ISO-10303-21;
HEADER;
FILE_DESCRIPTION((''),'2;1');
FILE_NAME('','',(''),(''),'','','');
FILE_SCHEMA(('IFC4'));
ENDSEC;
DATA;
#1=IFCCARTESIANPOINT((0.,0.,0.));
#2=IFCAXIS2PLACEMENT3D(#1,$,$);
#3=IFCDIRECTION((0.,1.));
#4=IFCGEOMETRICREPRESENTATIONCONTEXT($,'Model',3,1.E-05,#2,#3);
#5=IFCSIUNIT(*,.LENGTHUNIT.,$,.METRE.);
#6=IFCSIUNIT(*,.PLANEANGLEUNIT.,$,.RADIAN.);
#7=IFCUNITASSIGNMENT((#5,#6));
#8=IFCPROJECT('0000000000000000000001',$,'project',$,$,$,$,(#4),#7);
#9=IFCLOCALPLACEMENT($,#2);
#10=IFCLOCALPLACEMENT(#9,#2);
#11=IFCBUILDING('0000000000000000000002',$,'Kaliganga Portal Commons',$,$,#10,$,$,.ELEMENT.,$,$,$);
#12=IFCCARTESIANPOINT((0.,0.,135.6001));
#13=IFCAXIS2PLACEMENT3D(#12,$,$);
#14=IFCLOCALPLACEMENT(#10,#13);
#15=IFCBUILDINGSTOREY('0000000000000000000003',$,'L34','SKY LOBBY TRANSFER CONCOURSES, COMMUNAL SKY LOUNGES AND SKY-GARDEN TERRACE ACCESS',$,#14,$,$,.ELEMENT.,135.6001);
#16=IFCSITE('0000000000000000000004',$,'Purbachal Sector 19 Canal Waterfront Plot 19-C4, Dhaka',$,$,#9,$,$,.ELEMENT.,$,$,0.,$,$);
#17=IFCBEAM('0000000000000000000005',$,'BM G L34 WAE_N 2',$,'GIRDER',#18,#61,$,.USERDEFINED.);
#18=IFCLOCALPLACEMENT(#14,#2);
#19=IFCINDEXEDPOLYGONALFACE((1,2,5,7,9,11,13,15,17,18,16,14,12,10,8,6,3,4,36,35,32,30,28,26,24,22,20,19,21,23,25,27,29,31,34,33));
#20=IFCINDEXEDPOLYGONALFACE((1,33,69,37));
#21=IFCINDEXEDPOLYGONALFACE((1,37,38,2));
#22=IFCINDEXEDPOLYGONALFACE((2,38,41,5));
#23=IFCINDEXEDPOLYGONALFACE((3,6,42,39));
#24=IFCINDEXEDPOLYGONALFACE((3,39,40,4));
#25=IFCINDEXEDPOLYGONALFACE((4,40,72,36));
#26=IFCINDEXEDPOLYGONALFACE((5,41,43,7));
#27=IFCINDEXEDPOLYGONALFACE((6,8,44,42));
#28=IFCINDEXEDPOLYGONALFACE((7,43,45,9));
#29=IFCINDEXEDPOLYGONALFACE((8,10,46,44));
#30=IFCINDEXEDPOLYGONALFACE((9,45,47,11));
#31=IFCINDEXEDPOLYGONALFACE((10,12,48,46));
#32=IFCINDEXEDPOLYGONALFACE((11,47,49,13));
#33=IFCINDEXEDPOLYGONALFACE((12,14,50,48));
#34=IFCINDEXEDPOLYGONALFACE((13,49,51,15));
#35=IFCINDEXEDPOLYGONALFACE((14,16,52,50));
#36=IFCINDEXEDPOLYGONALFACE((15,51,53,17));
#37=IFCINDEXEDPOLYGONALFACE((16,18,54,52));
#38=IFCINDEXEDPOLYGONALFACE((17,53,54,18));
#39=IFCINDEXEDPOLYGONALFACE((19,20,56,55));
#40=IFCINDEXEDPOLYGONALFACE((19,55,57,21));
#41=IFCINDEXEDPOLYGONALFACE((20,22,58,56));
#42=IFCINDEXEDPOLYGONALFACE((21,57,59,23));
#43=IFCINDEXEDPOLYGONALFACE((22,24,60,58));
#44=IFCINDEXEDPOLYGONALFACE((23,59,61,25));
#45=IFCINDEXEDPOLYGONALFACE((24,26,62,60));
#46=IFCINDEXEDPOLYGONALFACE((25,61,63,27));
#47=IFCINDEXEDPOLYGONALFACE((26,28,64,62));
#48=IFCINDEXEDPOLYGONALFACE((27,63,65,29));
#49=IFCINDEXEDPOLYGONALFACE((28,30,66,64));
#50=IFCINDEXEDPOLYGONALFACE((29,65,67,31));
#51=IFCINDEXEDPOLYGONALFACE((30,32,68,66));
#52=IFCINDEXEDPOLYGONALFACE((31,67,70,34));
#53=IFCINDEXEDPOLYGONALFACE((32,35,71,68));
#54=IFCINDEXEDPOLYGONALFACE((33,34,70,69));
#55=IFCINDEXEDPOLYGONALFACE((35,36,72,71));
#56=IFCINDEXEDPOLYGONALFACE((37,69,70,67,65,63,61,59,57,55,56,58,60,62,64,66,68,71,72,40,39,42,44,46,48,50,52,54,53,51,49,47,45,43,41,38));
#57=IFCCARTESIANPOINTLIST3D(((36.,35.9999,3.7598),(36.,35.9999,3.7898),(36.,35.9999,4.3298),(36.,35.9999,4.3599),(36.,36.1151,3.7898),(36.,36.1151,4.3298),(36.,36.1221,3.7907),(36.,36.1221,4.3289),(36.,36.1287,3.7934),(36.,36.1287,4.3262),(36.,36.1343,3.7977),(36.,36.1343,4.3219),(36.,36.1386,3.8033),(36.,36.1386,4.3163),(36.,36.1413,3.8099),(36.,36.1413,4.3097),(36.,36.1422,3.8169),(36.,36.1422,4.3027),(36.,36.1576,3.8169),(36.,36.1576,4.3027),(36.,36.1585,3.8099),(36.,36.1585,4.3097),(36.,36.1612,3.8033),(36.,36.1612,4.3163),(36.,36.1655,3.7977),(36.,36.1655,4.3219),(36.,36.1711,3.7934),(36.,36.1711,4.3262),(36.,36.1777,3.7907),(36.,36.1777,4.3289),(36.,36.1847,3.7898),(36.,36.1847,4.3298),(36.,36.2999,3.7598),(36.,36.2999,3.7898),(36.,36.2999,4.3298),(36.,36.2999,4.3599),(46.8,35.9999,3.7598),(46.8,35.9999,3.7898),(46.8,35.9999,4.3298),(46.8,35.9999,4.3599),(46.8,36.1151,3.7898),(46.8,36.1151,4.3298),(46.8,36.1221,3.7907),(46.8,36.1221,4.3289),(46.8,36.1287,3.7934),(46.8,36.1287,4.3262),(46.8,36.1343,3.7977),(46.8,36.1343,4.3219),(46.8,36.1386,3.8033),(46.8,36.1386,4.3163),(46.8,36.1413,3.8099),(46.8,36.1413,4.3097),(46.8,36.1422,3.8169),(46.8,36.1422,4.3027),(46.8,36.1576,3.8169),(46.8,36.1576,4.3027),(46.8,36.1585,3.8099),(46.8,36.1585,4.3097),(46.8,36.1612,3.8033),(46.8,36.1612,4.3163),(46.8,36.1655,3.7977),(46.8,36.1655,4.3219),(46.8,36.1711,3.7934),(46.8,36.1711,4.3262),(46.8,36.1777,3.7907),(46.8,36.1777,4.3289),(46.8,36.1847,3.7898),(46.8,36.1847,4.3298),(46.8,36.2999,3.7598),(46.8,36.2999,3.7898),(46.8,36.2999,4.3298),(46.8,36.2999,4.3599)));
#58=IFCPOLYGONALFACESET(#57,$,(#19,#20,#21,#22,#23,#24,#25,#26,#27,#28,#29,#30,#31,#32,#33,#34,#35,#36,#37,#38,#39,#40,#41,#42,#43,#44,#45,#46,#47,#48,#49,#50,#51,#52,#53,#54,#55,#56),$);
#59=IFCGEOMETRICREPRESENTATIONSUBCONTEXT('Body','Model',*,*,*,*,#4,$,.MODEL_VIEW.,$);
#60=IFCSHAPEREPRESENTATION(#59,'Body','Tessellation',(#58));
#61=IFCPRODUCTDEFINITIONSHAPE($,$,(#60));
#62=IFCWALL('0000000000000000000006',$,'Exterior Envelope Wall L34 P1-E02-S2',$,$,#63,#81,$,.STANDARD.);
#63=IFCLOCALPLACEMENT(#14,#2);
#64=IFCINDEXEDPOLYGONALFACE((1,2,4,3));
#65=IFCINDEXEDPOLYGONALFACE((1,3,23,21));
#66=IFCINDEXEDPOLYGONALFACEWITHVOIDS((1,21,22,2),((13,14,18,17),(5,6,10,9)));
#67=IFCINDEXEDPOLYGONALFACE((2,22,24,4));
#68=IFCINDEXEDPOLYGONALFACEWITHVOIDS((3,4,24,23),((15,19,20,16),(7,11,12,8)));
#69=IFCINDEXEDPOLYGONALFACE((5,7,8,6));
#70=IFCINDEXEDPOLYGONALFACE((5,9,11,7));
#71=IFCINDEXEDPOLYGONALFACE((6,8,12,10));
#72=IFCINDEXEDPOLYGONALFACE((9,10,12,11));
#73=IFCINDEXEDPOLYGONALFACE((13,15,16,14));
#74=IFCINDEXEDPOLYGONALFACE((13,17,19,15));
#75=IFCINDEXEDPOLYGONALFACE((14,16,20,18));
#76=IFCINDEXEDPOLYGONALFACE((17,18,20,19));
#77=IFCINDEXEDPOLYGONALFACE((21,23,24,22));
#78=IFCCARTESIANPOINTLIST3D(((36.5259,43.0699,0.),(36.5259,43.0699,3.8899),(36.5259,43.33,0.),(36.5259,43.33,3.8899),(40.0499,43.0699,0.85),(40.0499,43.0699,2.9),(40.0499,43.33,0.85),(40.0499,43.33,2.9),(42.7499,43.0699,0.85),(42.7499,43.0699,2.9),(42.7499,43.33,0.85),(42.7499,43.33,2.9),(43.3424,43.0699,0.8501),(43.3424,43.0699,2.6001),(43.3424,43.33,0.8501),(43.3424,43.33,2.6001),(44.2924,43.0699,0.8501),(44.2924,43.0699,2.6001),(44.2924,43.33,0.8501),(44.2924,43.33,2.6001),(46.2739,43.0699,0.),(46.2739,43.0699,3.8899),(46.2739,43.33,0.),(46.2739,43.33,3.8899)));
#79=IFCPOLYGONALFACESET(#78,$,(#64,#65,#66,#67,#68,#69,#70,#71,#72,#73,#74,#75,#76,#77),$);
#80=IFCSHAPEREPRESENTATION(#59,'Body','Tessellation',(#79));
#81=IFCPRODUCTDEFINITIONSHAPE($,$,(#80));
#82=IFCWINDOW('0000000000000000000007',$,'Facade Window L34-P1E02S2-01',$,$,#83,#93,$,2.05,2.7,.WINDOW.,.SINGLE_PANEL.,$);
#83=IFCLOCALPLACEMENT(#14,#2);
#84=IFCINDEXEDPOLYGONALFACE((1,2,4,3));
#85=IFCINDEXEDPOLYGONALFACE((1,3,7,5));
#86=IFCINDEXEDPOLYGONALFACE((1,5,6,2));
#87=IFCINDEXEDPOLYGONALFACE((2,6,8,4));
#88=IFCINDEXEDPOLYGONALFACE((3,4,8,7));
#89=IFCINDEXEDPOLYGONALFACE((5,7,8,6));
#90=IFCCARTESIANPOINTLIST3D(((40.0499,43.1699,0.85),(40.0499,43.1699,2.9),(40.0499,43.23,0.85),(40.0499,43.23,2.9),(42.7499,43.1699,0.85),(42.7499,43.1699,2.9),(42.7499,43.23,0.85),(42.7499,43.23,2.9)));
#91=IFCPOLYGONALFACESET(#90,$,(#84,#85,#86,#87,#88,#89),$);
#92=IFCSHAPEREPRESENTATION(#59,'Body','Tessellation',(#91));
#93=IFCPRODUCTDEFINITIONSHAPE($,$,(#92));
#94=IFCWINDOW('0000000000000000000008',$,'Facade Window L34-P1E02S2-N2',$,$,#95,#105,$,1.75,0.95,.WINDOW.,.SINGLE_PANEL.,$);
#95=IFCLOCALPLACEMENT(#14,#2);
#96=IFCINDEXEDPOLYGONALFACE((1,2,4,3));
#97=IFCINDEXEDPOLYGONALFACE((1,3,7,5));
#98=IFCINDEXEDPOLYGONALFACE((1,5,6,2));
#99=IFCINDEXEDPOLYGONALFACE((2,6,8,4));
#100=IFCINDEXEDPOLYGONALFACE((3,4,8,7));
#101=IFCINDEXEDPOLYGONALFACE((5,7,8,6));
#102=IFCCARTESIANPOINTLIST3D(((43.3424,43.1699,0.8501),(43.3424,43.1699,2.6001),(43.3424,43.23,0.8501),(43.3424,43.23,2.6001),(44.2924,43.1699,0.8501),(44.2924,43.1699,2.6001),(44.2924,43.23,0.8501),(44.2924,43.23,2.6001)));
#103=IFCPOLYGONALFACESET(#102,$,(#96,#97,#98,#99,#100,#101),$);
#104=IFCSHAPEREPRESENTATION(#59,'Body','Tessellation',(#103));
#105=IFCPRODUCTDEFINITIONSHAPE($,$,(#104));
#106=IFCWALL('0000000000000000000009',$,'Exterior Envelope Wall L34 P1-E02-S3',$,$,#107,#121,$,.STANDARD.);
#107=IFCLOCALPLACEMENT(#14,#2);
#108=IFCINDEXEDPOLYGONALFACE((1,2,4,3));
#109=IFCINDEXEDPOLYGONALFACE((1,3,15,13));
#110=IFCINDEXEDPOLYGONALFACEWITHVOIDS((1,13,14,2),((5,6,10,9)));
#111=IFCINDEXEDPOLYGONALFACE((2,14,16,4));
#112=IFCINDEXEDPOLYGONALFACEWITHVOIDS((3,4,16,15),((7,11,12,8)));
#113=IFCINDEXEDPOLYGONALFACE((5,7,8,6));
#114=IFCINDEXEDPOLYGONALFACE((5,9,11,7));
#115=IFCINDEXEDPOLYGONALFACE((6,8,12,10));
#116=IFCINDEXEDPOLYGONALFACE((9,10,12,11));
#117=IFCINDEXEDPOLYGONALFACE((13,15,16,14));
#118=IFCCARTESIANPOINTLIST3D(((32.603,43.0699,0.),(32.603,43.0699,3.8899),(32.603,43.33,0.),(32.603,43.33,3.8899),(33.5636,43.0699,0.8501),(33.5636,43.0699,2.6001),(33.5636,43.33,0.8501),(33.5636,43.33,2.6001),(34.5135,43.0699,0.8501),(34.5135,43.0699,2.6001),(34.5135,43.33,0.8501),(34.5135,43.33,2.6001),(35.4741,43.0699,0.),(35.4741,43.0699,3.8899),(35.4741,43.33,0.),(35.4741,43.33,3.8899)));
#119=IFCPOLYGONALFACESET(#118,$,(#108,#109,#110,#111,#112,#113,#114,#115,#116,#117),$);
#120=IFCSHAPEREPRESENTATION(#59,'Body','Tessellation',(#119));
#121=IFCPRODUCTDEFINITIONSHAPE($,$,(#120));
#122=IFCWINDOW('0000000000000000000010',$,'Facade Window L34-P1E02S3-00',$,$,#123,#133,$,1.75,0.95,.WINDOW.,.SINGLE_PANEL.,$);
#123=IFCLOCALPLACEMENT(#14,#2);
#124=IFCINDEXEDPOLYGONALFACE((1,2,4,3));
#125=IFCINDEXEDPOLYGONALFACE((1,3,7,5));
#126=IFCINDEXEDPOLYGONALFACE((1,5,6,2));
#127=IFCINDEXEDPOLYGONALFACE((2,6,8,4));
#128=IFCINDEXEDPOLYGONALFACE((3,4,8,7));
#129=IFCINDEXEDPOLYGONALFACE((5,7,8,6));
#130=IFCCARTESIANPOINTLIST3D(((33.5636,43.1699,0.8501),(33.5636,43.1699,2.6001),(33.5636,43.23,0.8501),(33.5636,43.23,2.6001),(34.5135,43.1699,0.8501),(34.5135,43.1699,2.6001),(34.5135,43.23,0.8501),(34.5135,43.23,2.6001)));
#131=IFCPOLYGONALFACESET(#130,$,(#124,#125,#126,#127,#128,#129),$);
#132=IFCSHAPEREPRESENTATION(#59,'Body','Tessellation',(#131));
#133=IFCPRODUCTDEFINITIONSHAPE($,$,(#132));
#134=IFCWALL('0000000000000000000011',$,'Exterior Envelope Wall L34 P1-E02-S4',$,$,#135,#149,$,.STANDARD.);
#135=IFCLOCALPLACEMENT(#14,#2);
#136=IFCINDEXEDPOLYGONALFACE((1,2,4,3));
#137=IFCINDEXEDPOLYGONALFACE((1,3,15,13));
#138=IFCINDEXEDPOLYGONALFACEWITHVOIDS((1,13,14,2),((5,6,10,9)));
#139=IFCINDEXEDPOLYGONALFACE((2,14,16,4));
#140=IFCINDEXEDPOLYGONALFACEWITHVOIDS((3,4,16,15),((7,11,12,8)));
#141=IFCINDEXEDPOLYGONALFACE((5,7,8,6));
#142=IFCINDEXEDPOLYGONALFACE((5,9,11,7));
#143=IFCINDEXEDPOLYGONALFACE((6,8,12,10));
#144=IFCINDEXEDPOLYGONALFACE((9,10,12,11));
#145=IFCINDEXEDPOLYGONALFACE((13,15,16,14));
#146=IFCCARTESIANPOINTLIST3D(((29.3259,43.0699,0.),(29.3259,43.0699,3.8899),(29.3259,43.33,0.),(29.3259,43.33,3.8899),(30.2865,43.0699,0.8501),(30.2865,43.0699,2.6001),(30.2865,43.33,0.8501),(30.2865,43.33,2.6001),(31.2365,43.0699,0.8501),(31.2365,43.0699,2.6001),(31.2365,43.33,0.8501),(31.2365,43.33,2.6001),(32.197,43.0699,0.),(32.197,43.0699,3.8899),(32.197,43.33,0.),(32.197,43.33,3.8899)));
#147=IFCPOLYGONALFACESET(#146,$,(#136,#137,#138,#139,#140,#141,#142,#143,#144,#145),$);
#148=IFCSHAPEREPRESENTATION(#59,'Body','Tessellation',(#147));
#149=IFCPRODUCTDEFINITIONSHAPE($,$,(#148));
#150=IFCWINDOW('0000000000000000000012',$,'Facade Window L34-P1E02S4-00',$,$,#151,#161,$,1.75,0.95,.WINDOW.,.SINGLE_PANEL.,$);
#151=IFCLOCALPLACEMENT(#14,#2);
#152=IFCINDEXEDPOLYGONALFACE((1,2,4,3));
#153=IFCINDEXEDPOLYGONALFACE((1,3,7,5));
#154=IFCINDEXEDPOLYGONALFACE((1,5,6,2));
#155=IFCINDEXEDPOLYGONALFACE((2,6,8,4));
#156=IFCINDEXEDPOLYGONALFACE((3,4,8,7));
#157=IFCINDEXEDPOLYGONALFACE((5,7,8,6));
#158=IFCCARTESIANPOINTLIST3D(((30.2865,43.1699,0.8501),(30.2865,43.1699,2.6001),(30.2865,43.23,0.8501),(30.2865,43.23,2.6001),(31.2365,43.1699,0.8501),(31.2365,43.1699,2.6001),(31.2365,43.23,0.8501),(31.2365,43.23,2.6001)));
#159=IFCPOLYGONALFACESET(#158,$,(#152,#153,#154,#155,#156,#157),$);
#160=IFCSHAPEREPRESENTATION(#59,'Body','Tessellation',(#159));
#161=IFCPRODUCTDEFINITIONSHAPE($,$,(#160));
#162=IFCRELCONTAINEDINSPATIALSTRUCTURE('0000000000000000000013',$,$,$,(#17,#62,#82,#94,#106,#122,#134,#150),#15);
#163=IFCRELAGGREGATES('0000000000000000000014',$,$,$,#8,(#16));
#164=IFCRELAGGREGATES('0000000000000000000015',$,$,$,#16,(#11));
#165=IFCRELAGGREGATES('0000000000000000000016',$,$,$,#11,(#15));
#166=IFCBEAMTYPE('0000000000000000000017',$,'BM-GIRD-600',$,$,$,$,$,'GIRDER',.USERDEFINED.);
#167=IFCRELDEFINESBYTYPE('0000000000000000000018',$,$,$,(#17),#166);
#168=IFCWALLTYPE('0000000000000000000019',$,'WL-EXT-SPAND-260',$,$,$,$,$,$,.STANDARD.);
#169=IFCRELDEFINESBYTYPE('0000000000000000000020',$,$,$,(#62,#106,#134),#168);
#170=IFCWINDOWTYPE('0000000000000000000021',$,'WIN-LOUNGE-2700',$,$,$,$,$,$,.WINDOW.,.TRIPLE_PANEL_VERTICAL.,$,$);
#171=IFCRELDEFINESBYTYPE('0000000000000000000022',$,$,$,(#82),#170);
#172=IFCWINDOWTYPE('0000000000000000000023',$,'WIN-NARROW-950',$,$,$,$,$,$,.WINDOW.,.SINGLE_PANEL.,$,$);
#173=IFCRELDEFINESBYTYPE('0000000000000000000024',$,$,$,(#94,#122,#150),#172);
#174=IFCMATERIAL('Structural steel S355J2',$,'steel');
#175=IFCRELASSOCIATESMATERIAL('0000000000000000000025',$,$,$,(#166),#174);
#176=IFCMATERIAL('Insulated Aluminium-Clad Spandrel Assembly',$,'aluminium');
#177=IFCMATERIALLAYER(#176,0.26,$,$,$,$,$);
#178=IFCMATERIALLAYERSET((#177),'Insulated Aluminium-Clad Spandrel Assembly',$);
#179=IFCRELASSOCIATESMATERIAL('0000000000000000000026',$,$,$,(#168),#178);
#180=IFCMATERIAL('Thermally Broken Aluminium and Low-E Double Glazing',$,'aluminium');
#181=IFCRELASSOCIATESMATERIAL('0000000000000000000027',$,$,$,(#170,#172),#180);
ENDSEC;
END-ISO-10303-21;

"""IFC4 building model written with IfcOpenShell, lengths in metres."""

from ifc_helpers import new_model, si_unit, direction, frame, frame_2d, origin, origin_2d, place, context, subcontext, project, spatial, rectangle, i_section, extrude, source, transform, mapped, material, layer, layer_set, material_profile, profile_set, type_object, element, fill, save


model = new_model("IFC4")

# Units and contexts
model_context = context("Model", 3, precision=1e-05, world=origin(), true_north=direction((0.0, 1.0)))
body_context = subcontext(model_context, "Body", "Model", "MODEL_VIEW")
ifc_project = project(units=[si_unit("LENGTHUNIT", "METRE"), si_unit("PLANEANGLEUNIT", "RADIAN")], contexts=[model_context])

# Site, building, storey
site_placement = place(None, origin())
site = spatial("IfcSite", under=ifc_project, at=site_placement, Name="Purbachal Sector 19 Canal Waterfront Plot 19-C4, Dhaka", CompositionType="ELEMENT", RefElevation=0.0)
building_placement = place(site_placement, origin())
building = spatial("IfcBuilding", under=site, at=building_placement, Name="Kaliganga Portal Commons", CompositionType="ELEMENT")
storey_placement = place(building_placement, frame((0.0, 0.0, 135.6001)))
storey = spatial("IfcBuildingStorey", under=building, at=storey_placement, Name="L34", Description="SKY LOBBY TRANSFER CONCOURSES, COMMUNAL SKY LOUNGES AND SKY-GARDEN TERRACE ACCESS", CompositionType="ELEMENT", Elevation=135.6001)

# Beam
ifc_material_1 = material(Name="Structural steel S355J2", Category="steel")
ifc_material_profile_1 = material_profile(ifc_material_1, i_section(OverallWidth=0.3, OverallDepth=0.6001, WebThickness=0.0154, FlangeThickness=0.03, FilletRadius=0.0271, at=origin_2d()), Name="HE 600 B")
ifc_profile_set_1 = profile_set([ifc_material_profile_1], Name="Structural steel S355J2 wide-flange")
beam_type_1 = type_object("IfcBeamType", Name="BM-GIRD-600", ElementType="GIRDER", PredefinedType="USERDEFINED", material=ifc_profile_set_1)
shared_shape_1 = source(origin(), body_context, "Body", "SweptSolid", [
    extrude(i_section(OverallWidth=0.3, OverallDepth=0.6001, WebThickness=0.0154, FlangeThickness=0.03, FilletRadius=0.0271, at=origin_2d()), origin(), (0.0, 0.0, 1.0), 10.8),
])
beam_1_placement = place(storey_placement, frame((36.0, 36.1499, 4.0598), z_axis=(1.0, 0.0, 0.0), x_axis=(0.0, 1.0, 0.0)))
element("IfcBeam", 1, at=beam_1_placement, inside=storey, type_object=beam_type_1, Name="BM G L34 WAE_N 2", ObjectType="GIRDER", PredefinedType="USERDEFINED", context=body_context, shape_type="MappedRepresentation", body=[
    mapped(shared_shape_1, transform((0.0, 0.0, 0.0), x_axis=(1.0, 0.0, 0.0), y_axis=(0.0, 1.0, 0.0), z_axis=(0.0, 0.0, 1.0), scale=1.0)),
])

# Wall, openings, windows
ifc_material_2 = material(Name="Insulated Aluminium-Clad Spandrel Assembly", Category="aluminium")
ifc_layer_1 = layer(ifc_material_2, 0.26)
ifc_layer_set_1 = layer_set([ifc_layer_1], Name="Insulated Aluminium-Clad Spandrel Assembly")
wall_type_1 = type_object("IfcWallType", Name="WL-EXT-SPAND-260", PredefinedType="STANDARD", material=ifc_layer_set_1)
wall_1_placement = place(storey_placement, frame((36.5259, 43.2, 0.0), z_axis=(0.0, 0.0, 1.0), x_axis=(1.0, 0.0, 0.0)))
wall_1 = element("IfcWall", 2, at=wall_1_placement, inside=storey, type_object=wall_type_1, Name="Exterior Envelope Wall L34 P1-E02-S2", PredefinedType="STANDARD", context=body_context, shape_type="SweptSolid", body=[
    extrude(rectangle(XDim=9.748, YDim=0.26, at=frame_2d((4.874, 0.0))), origin(), (0.0, 0.0, 1.0), 3.8899),
])
opening_1_placement = place(wall_1_placement, frame((3.5239, 0.0, 0.8501)))
opening_1 = element("IfcOpeningElement", 3, at=opening_1_placement, cuts=wall_1, PredefinedType="OPENING", context=body_context, shape_type="SweptSolid", body=[
    extrude(rectangle(XDim=2.7, YDim=2.05, at=frame_2d((1.3501, 1.0249))), frame((0.0, 0.1401, 0.0), z_axis=(0.0, -1.0, 0.0), x_axis=(1.0, 0.0, 0.0)), (0.0, 0.0, 1.0), 0.28),
])
opening_2_placement = place(wall_1_placement, frame((6.8164, 0.0, 0.8501)))
opening_2 = element("IfcOpeningElement", 4, at=opening_2_placement, cuts=wall_1, PredefinedType="OPENING", context=body_context, shape_type="SweptSolid", body=[
    extrude(rectangle(XDim=0.95, YDim=1.75, at=frame_2d((0.4751, 0.875))), frame((0.0, 0.1401, 0.0), z_axis=(0.0, -1.0, 0.0), x_axis=(1.0, 0.0, 0.0)), (0.0, 0.0, 1.0), 0.28),
])
ifc_material_3 = material(Name="Thermally Broken Aluminium and Low-E Double Glazing", Category="aluminium")
window_type_1 = type_object("IfcWindowType", Name="WIN-LOUNGE-2700", PartitioningType="TRIPLE_PANEL_VERTICAL", PredefinedType="WINDOW", material=ifc_material_3)
window_1_placement = place(opening_1_placement, origin())
window_1 = element("IfcWindow", 5, at=window_1_placement, inside=storey, type_object=window_type_1, Name="Facade Window L34-P1E02S2-01", OverallHeight=2.05, OverallWidth=2.7, PartitioningType="SINGLE_PANEL", PredefinedType="WINDOW", context=body_context, shape_type="SweptSolid", body=[
    extrude(rectangle(XDim=2.7, YDim=2.05, at=frame_2d((1.3501, 1.0249))), frame((0.0, 0.03, 0.0), z_axis=(0.0, -1.0, 0.0), x_axis=(1.0, 0.0, 0.0)), (0.0, 0.0, 1.0), 0.0601),
])
fill(opening_1, window_1)
window_type_2 = type_object("IfcWindowType", Name="WIN-NARROW-950", PartitioningType="SINGLE_PANEL", PredefinedType="WINDOW", material=ifc_material_3)
window_2_placement = place(opening_2_placement, origin())
window_2 = element("IfcWindow", 6, at=window_2_placement, inside=storey, type_object=window_type_2, Name="Facade Window L34-P1E02S2-N2", OverallHeight=1.75, OverallWidth=0.95, PartitioningType="SINGLE_PANEL", PredefinedType="WINDOW", context=body_context, shape_type="SweptSolid", body=[
    extrude(rectangle(XDim=0.95, YDim=1.75, at=frame_2d((0.4751, 0.875))), frame((0.0, 0.03, 0.0), z_axis=(0.0, -1.0, 0.0), x_axis=(1.0, 0.0, 0.0)), (0.0, 0.0, 1.0), 0.0601),
])
fill(opening_2, window_2)

# Walls, openings, windows
wall_2_placement = place(storey_placement, frame((32.603, 43.2, 0.0), z_axis=(0.0, 0.0, 1.0), x_axis=(1.0, 0.0, 0.0)))
wall_2 = element("IfcWall", 7, at=wall_2_placement, inside=storey, type_object=wall_type_1, Name="Exterior Envelope Wall L34 P1-E02-S3", PredefinedType="STANDARD", context=body_context, shape_type="SweptSolid", body=[
    extrude(rectangle(XDim=2.8711, YDim=0.26, at=frame_2d((1.4355, 0.0))), origin(), (0.0, 0.0, 1.0), 3.8899),
])
opening_3_placement = place(wall_2_placement, frame((0.9604, 0.0, 0.8501)))
opening_3 = element("IfcOpeningElement", 8, at=opening_3_placement, cuts=wall_2, PredefinedType="OPENING", context=body_context, shape_type="SweptSolid", body=[
    extrude(rectangle(XDim=0.95, YDim=1.75, at=frame_2d((0.4751, 0.875))), frame((0.0, 0.1401, 0.0), z_axis=(0.0, -1.0, 0.0), x_axis=(1.0, 0.0, 0.0)), (0.0, 0.0, 1.0), 0.28),
])
window_3_placement = place(opening_3_placement, origin())
window_3 = element("IfcWindow", 9, at=window_3_placement, inside=storey, type_object=window_type_2, Name="Facade Window L34-P1E02S3-00", OverallHeight=1.75, OverallWidth=0.95, PartitioningType="SINGLE_PANEL", PredefinedType="WINDOW", context=body_context, shape_type="SweptSolid", body=[
    extrude(rectangle(XDim=0.95, YDim=1.75, at=frame_2d((0.4751, 0.875))), frame((0.0, 0.03, 0.0), z_axis=(0.0, -1.0, 0.0), x_axis=(1.0, 0.0, 0.0)), (0.0, 0.0, 1.0), 0.0601),
])
fill(opening_3, window_3)
wall_3_placement = place(storey_placement, frame((29.3259, 43.2, 0.0), z_axis=(0.0, 0.0, 1.0), x_axis=(1.0, 0.0, 0.0)))
wall_3 = element("IfcWall", 10, at=wall_3_placement, inside=storey, type_object=wall_type_1, Name="Exterior Envelope Wall L34 P1-E02-S4", PredefinedType="STANDARD", context=body_context, shape_type="SweptSolid", body=[
    extrude(rectangle(XDim=2.8711, YDim=0.26, at=frame_2d((1.4355, 0.0))), origin(), (0.0, 0.0, 1.0), 3.8899),
])
opening_4_placement = place(wall_3_placement, frame((0.9604, 0.0, 0.8501)))
opening_4 = element("IfcOpeningElement", 11, at=opening_4_placement, cuts=wall_3, PredefinedType="OPENING", context=body_context, shape_type="SweptSolid", body=[
    extrude(rectangle(XDim=0.95, YDim=1.75, at=frame_2d((0.4751, 0.875))), frame((0.0, 0.1401, 0.0), z_axis=(0.0, -1.0, 0.0), x_axis=(1.0, 0.0, 0.0)), (0.0, 0.0, 1.0), 0.28),
])
window_4_placement = place(opening_4_placement, origin())
window_4 = element("IfcWindow", 12, at=window_4_placement, inside=storey, type_object=window_type_2, Name="Facade Window L34-P1E02S4-00", OverallHeight=1.75, OverallWidth=0.95, PartitioningType="SINGLE_PANEL", PredefinedType="WINDOW", context=body_context, shape_type="SweptSolid", body=[
    extrude(rectangle(XDim=0.95, YDim=1.75, at=frame_2d((0.4751, 0.875))), frame((0.0, 0.03, 0.0), z_axis=(0.0, -1.0, 0.0), x_axis=(1.0, 0.0, 0.0)), (0.0, 0.0, 1.0), 0.0601),
])
fill(opening_4, window_4)

save(model, "model.ifc")
